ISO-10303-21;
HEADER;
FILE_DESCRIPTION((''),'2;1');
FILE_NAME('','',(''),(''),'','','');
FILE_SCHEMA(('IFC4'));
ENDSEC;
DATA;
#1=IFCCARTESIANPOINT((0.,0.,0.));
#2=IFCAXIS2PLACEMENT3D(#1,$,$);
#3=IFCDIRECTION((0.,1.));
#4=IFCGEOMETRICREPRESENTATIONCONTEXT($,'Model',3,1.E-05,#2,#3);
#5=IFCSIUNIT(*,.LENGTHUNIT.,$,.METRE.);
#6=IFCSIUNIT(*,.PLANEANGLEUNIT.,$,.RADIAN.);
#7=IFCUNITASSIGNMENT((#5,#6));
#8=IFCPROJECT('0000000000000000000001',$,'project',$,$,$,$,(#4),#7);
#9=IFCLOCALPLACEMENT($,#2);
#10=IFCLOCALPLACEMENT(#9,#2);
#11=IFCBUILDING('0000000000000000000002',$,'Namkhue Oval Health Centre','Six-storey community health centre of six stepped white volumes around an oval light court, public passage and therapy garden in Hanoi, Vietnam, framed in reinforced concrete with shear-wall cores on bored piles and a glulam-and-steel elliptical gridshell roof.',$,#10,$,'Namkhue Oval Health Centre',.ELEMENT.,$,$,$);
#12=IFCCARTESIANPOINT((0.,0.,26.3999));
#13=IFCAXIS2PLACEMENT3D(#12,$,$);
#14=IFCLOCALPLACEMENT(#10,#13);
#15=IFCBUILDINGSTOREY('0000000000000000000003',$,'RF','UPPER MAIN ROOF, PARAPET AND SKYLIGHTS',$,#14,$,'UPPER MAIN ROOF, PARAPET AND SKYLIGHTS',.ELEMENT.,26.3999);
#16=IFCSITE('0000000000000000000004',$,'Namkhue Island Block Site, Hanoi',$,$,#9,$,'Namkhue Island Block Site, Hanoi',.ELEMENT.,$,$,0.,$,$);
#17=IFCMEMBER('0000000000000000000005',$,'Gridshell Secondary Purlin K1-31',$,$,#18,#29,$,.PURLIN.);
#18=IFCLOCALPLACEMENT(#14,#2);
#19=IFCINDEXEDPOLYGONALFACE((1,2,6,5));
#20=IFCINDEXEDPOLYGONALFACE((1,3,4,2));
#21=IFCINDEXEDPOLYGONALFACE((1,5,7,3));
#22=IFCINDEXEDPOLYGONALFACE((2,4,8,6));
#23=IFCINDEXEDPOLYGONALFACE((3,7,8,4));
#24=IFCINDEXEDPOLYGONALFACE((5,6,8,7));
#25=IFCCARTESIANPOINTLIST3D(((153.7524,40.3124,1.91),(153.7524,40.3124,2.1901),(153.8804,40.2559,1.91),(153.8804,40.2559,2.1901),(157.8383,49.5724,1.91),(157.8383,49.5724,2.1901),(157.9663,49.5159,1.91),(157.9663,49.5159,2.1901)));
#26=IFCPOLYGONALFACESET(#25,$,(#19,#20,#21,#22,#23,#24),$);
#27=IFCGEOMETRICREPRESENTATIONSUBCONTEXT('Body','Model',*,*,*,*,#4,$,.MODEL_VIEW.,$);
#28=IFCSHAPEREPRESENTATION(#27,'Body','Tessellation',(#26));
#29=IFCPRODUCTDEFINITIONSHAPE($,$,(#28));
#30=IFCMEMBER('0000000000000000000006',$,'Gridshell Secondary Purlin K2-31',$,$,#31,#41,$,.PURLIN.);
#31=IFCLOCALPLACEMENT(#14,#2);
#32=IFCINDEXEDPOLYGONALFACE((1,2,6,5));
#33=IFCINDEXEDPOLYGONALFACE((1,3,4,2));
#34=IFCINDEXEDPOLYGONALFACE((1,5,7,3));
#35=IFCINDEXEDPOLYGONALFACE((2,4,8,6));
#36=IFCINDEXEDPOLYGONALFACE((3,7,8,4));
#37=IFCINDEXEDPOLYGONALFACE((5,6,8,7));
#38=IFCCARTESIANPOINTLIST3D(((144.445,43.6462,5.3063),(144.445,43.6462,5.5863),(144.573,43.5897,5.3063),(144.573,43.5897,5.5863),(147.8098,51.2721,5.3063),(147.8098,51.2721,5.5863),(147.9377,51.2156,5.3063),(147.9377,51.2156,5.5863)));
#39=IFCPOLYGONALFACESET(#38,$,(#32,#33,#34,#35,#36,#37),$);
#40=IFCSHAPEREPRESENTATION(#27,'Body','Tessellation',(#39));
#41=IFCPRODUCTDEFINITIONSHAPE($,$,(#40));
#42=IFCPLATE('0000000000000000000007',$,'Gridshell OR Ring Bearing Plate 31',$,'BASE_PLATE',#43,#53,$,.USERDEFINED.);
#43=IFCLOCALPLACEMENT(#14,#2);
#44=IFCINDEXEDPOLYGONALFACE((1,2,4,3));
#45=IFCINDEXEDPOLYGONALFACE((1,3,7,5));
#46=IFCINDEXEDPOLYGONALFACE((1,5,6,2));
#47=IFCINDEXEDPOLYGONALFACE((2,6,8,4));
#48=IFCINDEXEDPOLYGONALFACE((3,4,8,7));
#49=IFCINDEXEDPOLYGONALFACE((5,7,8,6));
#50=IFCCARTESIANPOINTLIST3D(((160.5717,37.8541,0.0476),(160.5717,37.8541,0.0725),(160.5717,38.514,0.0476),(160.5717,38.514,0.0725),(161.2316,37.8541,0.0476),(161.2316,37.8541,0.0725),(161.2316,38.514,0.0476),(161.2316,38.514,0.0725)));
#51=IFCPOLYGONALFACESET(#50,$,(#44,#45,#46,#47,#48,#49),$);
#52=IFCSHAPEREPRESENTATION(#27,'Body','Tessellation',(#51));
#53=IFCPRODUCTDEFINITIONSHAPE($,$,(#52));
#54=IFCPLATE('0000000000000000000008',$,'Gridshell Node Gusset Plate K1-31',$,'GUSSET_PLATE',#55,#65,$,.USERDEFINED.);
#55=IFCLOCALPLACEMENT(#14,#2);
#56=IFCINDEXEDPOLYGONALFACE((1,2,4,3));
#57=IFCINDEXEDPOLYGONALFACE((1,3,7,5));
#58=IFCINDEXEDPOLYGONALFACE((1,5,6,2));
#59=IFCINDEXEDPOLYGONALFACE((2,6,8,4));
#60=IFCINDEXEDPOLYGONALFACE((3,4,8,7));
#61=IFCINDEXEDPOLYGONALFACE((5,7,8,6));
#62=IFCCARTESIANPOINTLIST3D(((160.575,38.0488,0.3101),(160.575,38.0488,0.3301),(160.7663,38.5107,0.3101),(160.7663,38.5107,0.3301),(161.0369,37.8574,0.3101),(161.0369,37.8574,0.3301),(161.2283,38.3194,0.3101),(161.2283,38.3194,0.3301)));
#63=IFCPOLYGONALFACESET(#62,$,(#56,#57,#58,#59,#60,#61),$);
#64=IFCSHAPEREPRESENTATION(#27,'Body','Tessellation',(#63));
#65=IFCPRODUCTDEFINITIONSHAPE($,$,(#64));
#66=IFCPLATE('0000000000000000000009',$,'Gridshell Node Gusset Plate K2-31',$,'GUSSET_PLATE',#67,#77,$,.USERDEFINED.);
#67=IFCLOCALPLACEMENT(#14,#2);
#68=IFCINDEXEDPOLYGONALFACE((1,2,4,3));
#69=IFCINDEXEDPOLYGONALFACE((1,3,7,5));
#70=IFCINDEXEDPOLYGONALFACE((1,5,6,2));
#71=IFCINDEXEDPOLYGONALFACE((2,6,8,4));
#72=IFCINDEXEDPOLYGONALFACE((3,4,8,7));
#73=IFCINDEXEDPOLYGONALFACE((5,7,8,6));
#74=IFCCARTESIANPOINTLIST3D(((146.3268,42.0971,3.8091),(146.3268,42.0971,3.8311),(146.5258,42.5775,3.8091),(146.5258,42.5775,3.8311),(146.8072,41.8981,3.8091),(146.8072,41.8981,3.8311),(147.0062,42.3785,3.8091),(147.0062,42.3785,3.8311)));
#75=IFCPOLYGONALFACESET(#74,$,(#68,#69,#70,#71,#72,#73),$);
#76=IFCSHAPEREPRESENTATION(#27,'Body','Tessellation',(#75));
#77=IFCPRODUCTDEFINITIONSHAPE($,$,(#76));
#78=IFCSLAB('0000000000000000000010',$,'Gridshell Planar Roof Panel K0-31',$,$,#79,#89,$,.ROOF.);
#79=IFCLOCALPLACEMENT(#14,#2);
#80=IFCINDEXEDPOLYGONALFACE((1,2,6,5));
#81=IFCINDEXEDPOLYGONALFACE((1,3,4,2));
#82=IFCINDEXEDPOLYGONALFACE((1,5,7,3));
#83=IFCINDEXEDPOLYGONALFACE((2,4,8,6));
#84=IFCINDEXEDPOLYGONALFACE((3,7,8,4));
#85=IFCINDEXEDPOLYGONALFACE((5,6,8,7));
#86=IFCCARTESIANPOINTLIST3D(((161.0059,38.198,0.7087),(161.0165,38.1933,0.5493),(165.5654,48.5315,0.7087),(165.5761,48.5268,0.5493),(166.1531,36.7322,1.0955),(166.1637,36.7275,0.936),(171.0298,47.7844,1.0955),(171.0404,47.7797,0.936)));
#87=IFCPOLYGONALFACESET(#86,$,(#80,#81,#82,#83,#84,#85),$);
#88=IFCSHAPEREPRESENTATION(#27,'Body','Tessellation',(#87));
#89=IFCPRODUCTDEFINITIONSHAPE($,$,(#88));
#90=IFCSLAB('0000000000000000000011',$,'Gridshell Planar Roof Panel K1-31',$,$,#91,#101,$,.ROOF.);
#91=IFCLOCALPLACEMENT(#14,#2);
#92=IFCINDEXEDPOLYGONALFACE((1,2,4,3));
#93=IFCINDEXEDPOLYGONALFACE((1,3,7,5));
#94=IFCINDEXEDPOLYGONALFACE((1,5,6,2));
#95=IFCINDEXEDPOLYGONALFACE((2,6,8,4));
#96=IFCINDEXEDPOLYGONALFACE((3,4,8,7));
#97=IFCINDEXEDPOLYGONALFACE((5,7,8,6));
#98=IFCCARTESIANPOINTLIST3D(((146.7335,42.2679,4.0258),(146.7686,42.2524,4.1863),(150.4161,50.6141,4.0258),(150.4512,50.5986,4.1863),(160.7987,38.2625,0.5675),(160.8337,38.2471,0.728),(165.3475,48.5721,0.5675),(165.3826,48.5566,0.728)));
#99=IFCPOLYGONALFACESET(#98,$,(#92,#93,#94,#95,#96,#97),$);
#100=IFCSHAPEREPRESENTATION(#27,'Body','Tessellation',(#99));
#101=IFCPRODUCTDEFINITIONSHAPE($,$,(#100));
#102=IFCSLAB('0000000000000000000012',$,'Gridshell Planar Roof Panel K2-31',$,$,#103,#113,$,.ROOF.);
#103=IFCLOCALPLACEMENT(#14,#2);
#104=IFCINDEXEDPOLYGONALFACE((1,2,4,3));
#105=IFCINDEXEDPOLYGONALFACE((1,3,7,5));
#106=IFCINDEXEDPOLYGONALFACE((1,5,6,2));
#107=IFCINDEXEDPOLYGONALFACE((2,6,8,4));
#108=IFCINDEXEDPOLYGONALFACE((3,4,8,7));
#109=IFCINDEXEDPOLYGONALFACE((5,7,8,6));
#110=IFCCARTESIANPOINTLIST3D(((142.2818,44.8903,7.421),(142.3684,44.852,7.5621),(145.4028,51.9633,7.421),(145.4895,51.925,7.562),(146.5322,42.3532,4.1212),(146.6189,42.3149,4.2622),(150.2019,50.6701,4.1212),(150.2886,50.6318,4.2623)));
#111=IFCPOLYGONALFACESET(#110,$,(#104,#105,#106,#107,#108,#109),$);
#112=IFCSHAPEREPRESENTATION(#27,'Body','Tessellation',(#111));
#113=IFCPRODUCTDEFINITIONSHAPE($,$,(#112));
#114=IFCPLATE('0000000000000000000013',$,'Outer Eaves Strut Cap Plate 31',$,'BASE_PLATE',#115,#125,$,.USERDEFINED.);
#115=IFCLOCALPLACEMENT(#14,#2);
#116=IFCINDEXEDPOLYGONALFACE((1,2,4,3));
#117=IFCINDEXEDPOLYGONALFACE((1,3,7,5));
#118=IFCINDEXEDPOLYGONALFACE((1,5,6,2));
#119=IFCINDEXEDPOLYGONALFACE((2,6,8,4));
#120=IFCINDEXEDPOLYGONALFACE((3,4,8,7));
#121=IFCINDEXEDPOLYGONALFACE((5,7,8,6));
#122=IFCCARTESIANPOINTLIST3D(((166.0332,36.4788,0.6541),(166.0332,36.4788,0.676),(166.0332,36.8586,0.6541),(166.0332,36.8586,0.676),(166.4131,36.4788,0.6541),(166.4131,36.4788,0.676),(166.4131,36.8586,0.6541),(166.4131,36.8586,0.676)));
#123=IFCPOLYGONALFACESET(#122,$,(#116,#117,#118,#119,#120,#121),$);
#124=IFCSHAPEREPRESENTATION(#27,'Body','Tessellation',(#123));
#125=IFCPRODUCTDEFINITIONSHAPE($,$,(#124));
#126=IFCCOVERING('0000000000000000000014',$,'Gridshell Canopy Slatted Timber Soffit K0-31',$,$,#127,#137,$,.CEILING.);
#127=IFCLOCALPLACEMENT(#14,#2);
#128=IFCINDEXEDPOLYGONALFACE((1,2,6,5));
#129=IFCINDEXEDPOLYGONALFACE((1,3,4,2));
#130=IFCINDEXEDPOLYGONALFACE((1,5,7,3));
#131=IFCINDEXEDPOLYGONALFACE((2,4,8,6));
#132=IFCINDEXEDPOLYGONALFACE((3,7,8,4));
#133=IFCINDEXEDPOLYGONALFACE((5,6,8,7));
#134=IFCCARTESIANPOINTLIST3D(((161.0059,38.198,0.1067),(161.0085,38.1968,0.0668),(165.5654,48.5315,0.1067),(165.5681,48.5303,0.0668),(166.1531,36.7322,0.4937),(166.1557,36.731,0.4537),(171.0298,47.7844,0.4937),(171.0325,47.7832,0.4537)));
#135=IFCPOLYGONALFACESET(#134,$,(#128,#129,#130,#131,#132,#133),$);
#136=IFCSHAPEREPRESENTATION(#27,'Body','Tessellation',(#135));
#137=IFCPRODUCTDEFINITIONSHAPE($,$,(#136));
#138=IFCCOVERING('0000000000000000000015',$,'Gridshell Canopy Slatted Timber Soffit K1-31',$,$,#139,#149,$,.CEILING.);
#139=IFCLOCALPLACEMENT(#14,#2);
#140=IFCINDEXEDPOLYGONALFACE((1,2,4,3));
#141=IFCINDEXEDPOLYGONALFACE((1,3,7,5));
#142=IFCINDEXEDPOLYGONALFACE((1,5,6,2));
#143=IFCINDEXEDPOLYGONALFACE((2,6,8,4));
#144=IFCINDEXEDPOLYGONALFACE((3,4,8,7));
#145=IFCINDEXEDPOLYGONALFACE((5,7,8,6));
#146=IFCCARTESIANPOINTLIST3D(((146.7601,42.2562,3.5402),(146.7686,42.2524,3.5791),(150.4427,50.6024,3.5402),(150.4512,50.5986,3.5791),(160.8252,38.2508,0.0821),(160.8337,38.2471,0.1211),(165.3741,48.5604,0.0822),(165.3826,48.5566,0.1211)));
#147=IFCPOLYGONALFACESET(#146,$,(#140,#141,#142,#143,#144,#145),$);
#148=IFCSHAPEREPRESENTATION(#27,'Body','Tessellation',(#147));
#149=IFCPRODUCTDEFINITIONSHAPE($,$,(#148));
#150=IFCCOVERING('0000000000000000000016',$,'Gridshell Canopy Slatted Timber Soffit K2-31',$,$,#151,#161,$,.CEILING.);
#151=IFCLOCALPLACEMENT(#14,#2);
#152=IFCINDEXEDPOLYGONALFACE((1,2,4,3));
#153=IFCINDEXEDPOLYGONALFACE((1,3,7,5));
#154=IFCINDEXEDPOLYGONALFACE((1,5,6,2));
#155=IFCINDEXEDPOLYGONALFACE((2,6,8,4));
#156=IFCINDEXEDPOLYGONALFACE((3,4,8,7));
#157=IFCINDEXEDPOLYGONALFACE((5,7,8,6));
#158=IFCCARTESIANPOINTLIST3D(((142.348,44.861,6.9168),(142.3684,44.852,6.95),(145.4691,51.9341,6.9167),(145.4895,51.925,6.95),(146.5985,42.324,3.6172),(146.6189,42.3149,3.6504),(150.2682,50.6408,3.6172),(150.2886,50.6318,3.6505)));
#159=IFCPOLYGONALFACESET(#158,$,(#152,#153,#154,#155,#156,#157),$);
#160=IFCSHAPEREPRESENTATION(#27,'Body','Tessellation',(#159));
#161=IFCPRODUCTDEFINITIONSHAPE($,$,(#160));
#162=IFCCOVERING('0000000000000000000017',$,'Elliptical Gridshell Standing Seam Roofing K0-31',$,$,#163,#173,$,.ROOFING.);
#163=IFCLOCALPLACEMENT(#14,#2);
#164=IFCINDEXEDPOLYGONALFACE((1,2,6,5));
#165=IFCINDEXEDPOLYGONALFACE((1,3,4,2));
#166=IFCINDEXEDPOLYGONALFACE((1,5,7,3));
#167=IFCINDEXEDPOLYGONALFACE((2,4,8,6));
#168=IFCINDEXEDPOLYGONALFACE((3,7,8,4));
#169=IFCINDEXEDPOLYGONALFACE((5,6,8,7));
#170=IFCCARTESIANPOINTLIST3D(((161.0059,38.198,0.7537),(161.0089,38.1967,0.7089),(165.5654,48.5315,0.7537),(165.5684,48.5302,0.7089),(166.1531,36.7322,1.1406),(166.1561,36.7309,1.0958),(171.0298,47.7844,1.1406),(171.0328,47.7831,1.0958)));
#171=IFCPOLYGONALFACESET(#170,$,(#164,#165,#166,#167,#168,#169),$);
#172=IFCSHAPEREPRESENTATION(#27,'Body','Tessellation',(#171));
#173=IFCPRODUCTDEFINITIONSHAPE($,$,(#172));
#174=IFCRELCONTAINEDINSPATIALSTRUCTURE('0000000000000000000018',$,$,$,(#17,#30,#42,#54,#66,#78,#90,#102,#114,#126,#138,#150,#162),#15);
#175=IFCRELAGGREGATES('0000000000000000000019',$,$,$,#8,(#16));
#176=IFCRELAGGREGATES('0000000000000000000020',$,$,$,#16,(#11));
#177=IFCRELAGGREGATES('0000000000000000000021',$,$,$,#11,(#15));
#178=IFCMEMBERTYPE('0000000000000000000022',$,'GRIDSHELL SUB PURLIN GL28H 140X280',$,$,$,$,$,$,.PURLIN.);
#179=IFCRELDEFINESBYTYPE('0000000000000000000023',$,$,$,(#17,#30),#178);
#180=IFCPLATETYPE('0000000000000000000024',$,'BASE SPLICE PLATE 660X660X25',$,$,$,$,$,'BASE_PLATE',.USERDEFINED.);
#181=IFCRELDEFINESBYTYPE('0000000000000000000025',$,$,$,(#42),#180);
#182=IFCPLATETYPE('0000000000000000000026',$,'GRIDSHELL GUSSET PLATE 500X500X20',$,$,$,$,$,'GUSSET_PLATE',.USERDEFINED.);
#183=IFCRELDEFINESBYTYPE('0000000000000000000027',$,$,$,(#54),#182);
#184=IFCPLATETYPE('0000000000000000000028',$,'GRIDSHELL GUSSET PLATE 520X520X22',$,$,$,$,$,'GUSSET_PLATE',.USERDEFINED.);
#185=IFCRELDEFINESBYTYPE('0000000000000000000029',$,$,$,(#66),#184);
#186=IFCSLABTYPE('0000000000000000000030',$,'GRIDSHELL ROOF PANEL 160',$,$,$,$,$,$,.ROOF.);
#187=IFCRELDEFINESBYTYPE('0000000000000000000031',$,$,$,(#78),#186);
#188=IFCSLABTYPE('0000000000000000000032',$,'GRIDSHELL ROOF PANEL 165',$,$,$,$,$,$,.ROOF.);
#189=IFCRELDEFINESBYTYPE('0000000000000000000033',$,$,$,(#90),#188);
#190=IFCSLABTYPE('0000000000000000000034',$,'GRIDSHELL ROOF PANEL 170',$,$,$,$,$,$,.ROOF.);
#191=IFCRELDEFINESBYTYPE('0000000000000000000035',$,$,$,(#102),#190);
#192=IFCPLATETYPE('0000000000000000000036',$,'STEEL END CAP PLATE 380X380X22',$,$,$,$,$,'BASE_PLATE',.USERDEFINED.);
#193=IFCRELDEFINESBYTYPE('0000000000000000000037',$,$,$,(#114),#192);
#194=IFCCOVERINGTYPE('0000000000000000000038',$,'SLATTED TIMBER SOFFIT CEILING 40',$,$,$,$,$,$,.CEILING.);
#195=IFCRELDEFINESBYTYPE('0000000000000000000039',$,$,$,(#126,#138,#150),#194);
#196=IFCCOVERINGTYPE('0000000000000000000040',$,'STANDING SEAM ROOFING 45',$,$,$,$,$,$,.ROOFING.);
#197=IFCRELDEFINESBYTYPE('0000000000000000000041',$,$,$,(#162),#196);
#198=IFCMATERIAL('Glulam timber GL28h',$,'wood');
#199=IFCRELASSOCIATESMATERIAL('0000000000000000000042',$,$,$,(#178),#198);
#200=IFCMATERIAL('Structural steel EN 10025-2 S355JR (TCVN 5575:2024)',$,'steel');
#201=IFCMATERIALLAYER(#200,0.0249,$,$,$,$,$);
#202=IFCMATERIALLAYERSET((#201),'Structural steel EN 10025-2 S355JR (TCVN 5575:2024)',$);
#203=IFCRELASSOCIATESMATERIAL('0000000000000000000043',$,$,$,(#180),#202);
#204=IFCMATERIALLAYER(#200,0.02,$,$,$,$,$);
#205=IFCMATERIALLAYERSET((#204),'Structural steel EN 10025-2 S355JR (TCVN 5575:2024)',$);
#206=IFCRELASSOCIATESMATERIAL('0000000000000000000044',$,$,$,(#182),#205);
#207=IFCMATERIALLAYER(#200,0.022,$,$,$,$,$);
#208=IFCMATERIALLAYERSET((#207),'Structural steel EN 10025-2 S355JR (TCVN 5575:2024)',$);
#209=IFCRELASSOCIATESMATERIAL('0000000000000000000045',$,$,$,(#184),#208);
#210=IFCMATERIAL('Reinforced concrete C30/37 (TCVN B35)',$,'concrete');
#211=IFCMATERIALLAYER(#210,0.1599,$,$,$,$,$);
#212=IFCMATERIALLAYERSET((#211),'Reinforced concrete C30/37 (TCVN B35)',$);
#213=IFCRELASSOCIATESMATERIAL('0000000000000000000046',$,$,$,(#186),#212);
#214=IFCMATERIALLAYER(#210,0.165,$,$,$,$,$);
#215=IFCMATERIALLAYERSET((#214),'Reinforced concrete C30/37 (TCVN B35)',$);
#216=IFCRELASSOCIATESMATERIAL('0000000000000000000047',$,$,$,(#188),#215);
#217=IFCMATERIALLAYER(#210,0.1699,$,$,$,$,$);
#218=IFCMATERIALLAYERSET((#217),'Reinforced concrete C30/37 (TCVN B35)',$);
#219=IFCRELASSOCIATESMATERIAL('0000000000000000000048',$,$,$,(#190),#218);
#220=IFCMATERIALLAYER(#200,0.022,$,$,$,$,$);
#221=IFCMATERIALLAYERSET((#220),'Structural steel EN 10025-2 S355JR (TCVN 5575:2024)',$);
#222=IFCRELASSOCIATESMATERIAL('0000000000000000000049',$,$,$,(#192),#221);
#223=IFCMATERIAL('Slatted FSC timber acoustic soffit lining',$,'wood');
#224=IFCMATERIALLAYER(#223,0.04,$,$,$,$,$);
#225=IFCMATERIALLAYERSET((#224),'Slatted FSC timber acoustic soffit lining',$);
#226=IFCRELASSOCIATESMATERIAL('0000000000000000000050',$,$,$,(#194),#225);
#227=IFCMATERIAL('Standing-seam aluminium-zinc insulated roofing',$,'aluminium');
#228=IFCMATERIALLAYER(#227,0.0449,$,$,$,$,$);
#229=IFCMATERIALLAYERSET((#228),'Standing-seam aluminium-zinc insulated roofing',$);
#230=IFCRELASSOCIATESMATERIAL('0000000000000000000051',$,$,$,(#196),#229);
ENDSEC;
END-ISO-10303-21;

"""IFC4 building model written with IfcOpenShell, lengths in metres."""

from ifc_helpers import new_model, si_unit, direction, frame, origin, origin_2d, place, context, subcontext, project, spatial, polyline, rectangle, outline, extrude, material, layer, layer_set, material_profile, profile_set, type_object, element, save


model = new_model("IFC4")

# Units and contexts
model_context = context("Model", 3, precision=1e-05, world=origin(), true_north=direction((0.0, 1.0)))
body_context = subcontext(model_context, "Body", "Model", "MODEL_VIEW")
ifc_project = project(units=[si_unit("LENGTHUNIT", "METRE"), si_unit("PLANEANGLEUNIT", "RADIAN")], contexts=[model_context])

# Site, building, storey
site_placement = place(None, origin())
site = spatial("IfcSite", under=ifc_project, at=site_placement, Name="Namkhue Island Block Site, Hanoi", LongName="Namkhue Island Block Site, Hanoi", CompositionType="ELEMENT", RefElevation=0.0)
building_placement = place(site_placement, origin())
building = spatial("IfcBuilding", under=site, at=building_placement, Name="Namkhue Oval Health Centre", Description="Six-storey community health centre of six stepped white volumes around an oval light court, public passage and therapy garden in Hanoi, Vietnam, framed in reinforced concrete with shear-wall cores on bored piles and a glulam-and-steel elliptical gridshell roof.", LongName="Namkhue Oval Health Centre", CompositionType="ELEMENT")
storey_placement = place(building_placement, frame((0.0, 0.0, 26.3999)))
storey = spatial("IfcBuildingStorey", under=building, at=storey_placement, Name="RF", Description="UPPER MAIN ROOF, PARAPET AND SKYLIGHTS", LongName="UPPER MAIN ROOF, PARAPET AND SKYLIGHTS", CompositionType="ELEMENT", Elevation=26.3999)

# Members
ifc_material_1 = material(Name="Structural steel EN 10025-2 S355JR (TCVN 5575:2024)", Category="steel")
ifc_material_2 = material(Name="Glulam timber GL28h", Category="wood")
ifc_material_profile_1 = material_profile(ifc_material_2, rectangle(XDim=0.1399, YDim=0.28, at=origin_2d()), Name="GL28h 140x280")
ifc_profile_set_1 = profile_set([ifc_material_profile_1], Name="Glulam timber GL28h")
member_type_1 = type_object("IfcMemberType", Name="GRIDSHELL SUB PURLIN GL28H 140X280", PredefinedType="PURLIN", material=ifc_profile_set_1)
member_1_placement = place(storey_placement, frame((153.8164, 40.2842, 2.05), z_axis=(0.403693, 0.914894, 0.0), x_axis=(-0.914894, 0.403693, 0.0)))
element("IfcMember", 1, at=member_1_placement, inside=storey, type_object=member_type_1, Name="Gridshell Secondary Purlin K1-31", PredefinedType="PURLIN", context=body_context, shape_type="SweptSolid", body=[
    extrude(rectangle(XDim=0.1399, YDim=0.28, at=origin_2d()), origin(), (0.0, 0.0, 1.0), 10.1213),
])
member_2_placement = place(storey_placement, frame((144.509, 43.6179, 5.4463), z_axis=(0.403675, 0.914903, 0.0), x_axis=(-0.914903, 0.403675, 0.0)))
element("IfcMember", 2, at=member_2_placement, inside=storey, type_object=member_type_1, Name="Gridshell Secondary Purlin K2-31", PredefinedType="PURLIN", context=body_context, shape_type="SweptSolid", body=[
    extrude(rectangle(XDim=0.1399, YDim=0.28, at=origin_2d()), origin(), (0.0, 0.0, 1.0), 8.3352),
])

# Plates
ifc_layer_1 = layer(ifc_material_1, 0.0249)
ifc_layer_set_1 = layer_set([ifc_layer_1], Name="Structural steel EN 10025-2 S355JR (TCVN 5575:2024)")
plate_type_1 = type_object("IfcPlateType", Name="BASE SPLICE PLATE 660X660X25", ElementType="BASE_PLATE", PredefinedType="USERDEFINED", material=ifc_layer_set_1)
plate_1_placement = place(storey_placement, frame((160.9016, 38.1841, 0.0476), z_axis=(0.0, 0.0, 1.0), x_axis=(1.0, 0.0, 0.0)))
element("IfcPlate", 3, at=plate_1_placement, inside=storey, type_object=plate_type_1, Name="Gridshell OR Ring Bearing Plate 31", ObjectType="BASE_PLATE", PredefinedType="USERDEFINED", context=body_context, shape_type="SweptSolid", body=[
    extrude(rectangle(XDim=0.6599, YDim=0.6599, at=origin_2d()), origin(), (0.0, 0.0, 1.0), 0.0249),
])
ifc_layer_2 = layer(ifc_material_1, 0.02)
ifc_layer_set_2 = layer_set([ifc_layer_2], Name="Structural steel EN 10025-2 S355JR (TCVN 5575:2024)")
plate_type_2 = type_object("IfcPlateType", Name="GRIDSHELL GUSSET PLATE 500X500X20", ElementType="GUSSET_PLATE", PredefinedType="USERDEFINED", material=ifc_layer_set_2)
plate_2_placement = place(storey_placement, frame((160.9016, 38.1841, 0.3101), z_axis=(0.0, 0.0, 1.0), x_axis=(0.92388, -0.382683, 0.0)))
element("IfcPlate", 4, at=plate_2_placement, inside=storey, type_object=plate_type_2, Name="Gridshell Node Gusset Plate K1-31", ObjectType="GUSSET_PLATE", PredefinedType="USERDEFINED", context=body_context, shape_type="SweptSolid", body=[
    extrude(rectangle(XDim=0.5, YDim=0.5, at=origin_2d()), origin(), (0.0, 0.0, 1.0), 0.02),
])
ifc_layer_3 = layer(ifc_material_1, 0.022)
ifc_layer_set_3 = layer_set([ifc_layer_3], Name="Structural steel EN 10025-2 S355JR (TCVN 5575:2024)")
plate_type_3 = type_object("IfcPlateType", Name="GRIDSHELL GUSSET PLATE 520X520X22", ElementType="GUSSET_PLATE", PredefinedType="USERDEFINED", material=ifc_layer_set_3)
plate_3_placement = place(storey_placement, frame((146.6665, 42.2378, 3.8091), z_axis=(0.0, 0.0, 1.0), x_axis=(0.92388, -0.382683, 0.0)))
element("IfcPlate", 5, at=plate_3_placement, inside=storey, type_object=plate_type_3, Name="Gridshell Node Gusset Plate K2-31", ObjectType="GUSSET_PLATE", PredefinedType="USERDEFINED", context=body_context, shape_type="SweptSolid", body=[
    extrude(rectangle(XDim=0.52, YDim=0.52, at=origin_2d()), origin(), (0.0, 0.0, 1.0), 0.022),
])

# Slabs
ifc_material_3 = material(Name="Reinforced concrete C30/37 (TCVN B35)", Category="concrete")
ifc_layer_4 = layer(ifc_material_3, 0.1599)
ifc_layer_set_4 = layer_set([ifc_layer_4], Name="Reinforced concrete C30/37 (TCVN B35)")
slab_type_1 = type_object("IfcSlabType", Name="GRIDSHELL ROOF PANEL 160", PredefinedType="ROOF", material=ifc_layer_set_4)
slab_1_placement = place(storey_placement, frame((166.1531, 36.7322, 1.0955), z_axis=(-0.066568, 0.029372, 0.997349), x_axis=(0.40369, 0.914896, 0.0)))
element("IfcSlab", 6, at=slab_1_placement, inside=storey, type_object=slab_type_1, Name="Gridshell Planar Roof Panel K0-31", PredefinedType="ROOF", context=body_context, shape_type="SweptSolid", body=[
    extrude(outline(polyline([(0.0, 0.0), (12.0803, 0.0), (10.5579, 5.315), (-0.7368, 5.315), (0.0, 0.0)])), origin(), (0.0, 0.0, -1.0), 0.1599),
])
ifc_layer_5 = layer(ifc_material_3, 0.165)
ifc_layer_set_5 = layer_set([ifc_layer_5], Name="Reinforced concrete C30/37 (TCVN B35)")
slab_type_2 = type_object("IfcSlabType", Name="GRIDSHELL ROOF PANEL 165", PredefinedType="ROOF", material=ifc_layer_set_5)
slab_2_placement = place(storey_placement, frame((160.8337, 38.2471, 0.728), z_axis=(0.212457, -0.093742, 0.972663), x_axis=(0.403677, 0.914902, 0.000001)))
element("IfcSlab", 7, at=slab_2_placement, inside=storey, type_object=slab_type_2, Name="Gridshell Planar Roof Panel K1-31", PredefinedType="ROOF", context=body_context, shape_type="SweptSolid", body=[
    extrude(outline(polyline([(0.0, 0.0), (11.2685, 0.0), (7.1093, 14.8922), (-2.0133, 14.8922), (0.0, 0.0)])), origin(), (0.0, 0.0, -1.0), 0.165),
])
ifc_layer_6 = layer(ifc_material_3, 0.1699)
ifc_layer_set_6 = layer_set([ifc_layer_6], Name="Reinforced concrete C30/37 (TCVN B35)")
slab_type_3 = type_object("IfcSlabType", Name="GRIDSHELL ROOF PANEL 170", PredefinedType="ROOF", material=ifc_layer_set_6)
slab_3_placement = place(storey_placement, frame((146.6189, 42.3149, 4.2622), z_axis=(0.510119, -0.22509, 0.830128), x_axis=(0.403687, 0.914897, 0.000007)))
element("IfcSlab", 8, at=slab_3_placement, inside=storey, type_object=slab_type_3, Name="Gridshell Planar Roof Panel K2-31", PredefinedType="ROOF", context=body_context, shape_type="SweptSolid", body=[
    extrude(outline(polyline([(0.0, 0.0), (9.0905, 0.0), (8.3364, 5.9181), (0.6054, 5.9183), (0.0, 0.0)])), origin(), (0.0, 0.0, -1.0), 0.1699),
])

# Plate
ifc_layer_7 = layer(ifc_material_1, 0.022)
ifc_layer_set_7 = layer_set([ifc_layer_7], Name="Structural steel EN 10025-2 S355JR (TCVN 5575:2024)")
plate_type_4 = type_object("IfcPlateType", Name="STEEL END CAP PLATE 380X380X22", ElementType="BASE_PLATE", PredefinedType="USERDEFINED", material=ifc_layer_set_7)
plate_4_placement = place(storey_placement, frame((166.2231, 36.6687, 0.6541), z_axis=(0.0, 0.0, 1.0), x_axis=(1.0, 0.0, 0.0)))
element("IfcPlate", 9, at=plate_4_placement, inside=storey, type_object=plate_type_4, Name="Outer Eaves Strut Cap Plate 31", ObjectType="BASE_PLATE", PredefinedType="USERDEFINED", context=body_context, shape_type="SweptSolid", body=[
    extrude(rectangle(XDim=0.3799, YDim=0.3799, at=origin_2d()), origin(), (0.0, 0.0, 1.0), 0.022),
])

# Coverings
ifc_material_4 = material(Name="Slatted FSC timber acoustic soffit lining", Category="wood")
ifc_layer_8 = layer(ifc_material_4, 0.04)
ifc_layer_set_8 = layer_set([ifc_layer_8], Name="Slatted FSC timber acoustic soffit lining")
covering_type_1 = type_object("IfcCoveringType", Name="SLATTED TIMBER SOFFIT CEILING 40", PredefinedType="CEILING", material=ifc_layer_set_8)
covering_1_placement = place(storey_placement, frame((166.1531, 36.7322, 0.4937), z_axis=(-0.06661, 0.029391, 0.997346), x_axis=(0.40369, 0.914896, 0.0)))
element("IfcCovering", 10, at=covering_1_placement, inside=storey, type_object=covering_type_1, Name="Gridshell Canopy Slatted Timber Soffit K0-31", PredefinedType="CEILING", context=body_context, shape_type="SweptSolid", body=[
    extrude(outline(polyline([(0.0, 0.0), (12.0803, 0.0), (10.5579, 5.315), (-0.7368, 5.315), (0.0, 0.0)])), origin(), (0.0, 0.0, -1.0), 0.04),
])
covering_2_placement = place(storey_placement, frame((160.8337, 38.2471, 0.1211), z_axis=(0.212443, -0.093736, 0.972667), x_axis=(0.403677, 0.914902, 0.000001)))
element("IfcCovering", 11, at=covering_2_placement, inside=storey, type_object=covering_type_1, Name="Gridshell Canopy Slatted Timber Soffit K1-31", PredefinedType="CEILING", context=body_context, shape_type="SweptSolid", body=[
    extrude(outline(polyline([(0.0, 0.0), (11.2685, 0.0), (7.1093, 14.8921), (-2.0133, 14.8922), (0.0, 0.0)])), origin(), (0.0, 0.0, -1.0), 0.04),
])
covering_3_placement = place(storey_placement, frame((146.6189, 42.3149, 3.6504), z_axis=(0.510093, -0.225078, 0.830147), x_axis=(0.403687, 0.914897, 0.000007)))
element("IfcCovering", 12, at=covering_3_placement, inside=storey, type_object=covering_type_1, Name="Gridshell Canopy Slatted Timber Soffit K2-31", PredefinedType="CEILING", context=body_context, shape_type="SweptSolid", body=[
    extrude(outline(polyline([(0.0, 0.0), (9.0905, 0.0), (8.3364, 5.9179), (0.6054, 5.9181), (0.0, 0.0)])), origin(), (0.0, 0.0, -1.0), 0.04),
])
ifc_material_5 = material(Name="Standing-seam aluminium-zinc insulated roofing", Category="aluminium")
ifc_layer_9 = layer(ifc_material_5, 0.0449)
ifc_layer_set_9 = layer_set([ifc_layer_9], Name="Standing-seam aluminium-zinc insulated roofing")
covering_type_2 = type_object("IfcCoveringType", Name="STANDING SEAM ROOFING 45", PredefinedType="ROOFING", material=ifc_layer_set_9)
covering_4_placement = place(storey_placement, frame((166.1531, 36.7322, 1.1406), z_axis=(-0.06661, 0.029391, 0.997346), x_axis=(0.40369, 0.914896, 0.0)))
element("IfcCovering", 13, at=covering_4_placement, inside=storey, type_object=covering_type_2, Name="Elliptical Gridshell Standing Seam Roofing K0-31", PredefinedType="ROOFING", context=body_context, shape_type="SweptSolid", body=[
    extrude(outline(polyline([(0.0, 0.0), (12.0803, 0.0), (10.5579, 5.315), (-0.7368, 5.315), (0.0, 0.0)])), origin(), (0.0, 0.0, -1.0), 0.0449),
])

save(model, "model.ifc")
